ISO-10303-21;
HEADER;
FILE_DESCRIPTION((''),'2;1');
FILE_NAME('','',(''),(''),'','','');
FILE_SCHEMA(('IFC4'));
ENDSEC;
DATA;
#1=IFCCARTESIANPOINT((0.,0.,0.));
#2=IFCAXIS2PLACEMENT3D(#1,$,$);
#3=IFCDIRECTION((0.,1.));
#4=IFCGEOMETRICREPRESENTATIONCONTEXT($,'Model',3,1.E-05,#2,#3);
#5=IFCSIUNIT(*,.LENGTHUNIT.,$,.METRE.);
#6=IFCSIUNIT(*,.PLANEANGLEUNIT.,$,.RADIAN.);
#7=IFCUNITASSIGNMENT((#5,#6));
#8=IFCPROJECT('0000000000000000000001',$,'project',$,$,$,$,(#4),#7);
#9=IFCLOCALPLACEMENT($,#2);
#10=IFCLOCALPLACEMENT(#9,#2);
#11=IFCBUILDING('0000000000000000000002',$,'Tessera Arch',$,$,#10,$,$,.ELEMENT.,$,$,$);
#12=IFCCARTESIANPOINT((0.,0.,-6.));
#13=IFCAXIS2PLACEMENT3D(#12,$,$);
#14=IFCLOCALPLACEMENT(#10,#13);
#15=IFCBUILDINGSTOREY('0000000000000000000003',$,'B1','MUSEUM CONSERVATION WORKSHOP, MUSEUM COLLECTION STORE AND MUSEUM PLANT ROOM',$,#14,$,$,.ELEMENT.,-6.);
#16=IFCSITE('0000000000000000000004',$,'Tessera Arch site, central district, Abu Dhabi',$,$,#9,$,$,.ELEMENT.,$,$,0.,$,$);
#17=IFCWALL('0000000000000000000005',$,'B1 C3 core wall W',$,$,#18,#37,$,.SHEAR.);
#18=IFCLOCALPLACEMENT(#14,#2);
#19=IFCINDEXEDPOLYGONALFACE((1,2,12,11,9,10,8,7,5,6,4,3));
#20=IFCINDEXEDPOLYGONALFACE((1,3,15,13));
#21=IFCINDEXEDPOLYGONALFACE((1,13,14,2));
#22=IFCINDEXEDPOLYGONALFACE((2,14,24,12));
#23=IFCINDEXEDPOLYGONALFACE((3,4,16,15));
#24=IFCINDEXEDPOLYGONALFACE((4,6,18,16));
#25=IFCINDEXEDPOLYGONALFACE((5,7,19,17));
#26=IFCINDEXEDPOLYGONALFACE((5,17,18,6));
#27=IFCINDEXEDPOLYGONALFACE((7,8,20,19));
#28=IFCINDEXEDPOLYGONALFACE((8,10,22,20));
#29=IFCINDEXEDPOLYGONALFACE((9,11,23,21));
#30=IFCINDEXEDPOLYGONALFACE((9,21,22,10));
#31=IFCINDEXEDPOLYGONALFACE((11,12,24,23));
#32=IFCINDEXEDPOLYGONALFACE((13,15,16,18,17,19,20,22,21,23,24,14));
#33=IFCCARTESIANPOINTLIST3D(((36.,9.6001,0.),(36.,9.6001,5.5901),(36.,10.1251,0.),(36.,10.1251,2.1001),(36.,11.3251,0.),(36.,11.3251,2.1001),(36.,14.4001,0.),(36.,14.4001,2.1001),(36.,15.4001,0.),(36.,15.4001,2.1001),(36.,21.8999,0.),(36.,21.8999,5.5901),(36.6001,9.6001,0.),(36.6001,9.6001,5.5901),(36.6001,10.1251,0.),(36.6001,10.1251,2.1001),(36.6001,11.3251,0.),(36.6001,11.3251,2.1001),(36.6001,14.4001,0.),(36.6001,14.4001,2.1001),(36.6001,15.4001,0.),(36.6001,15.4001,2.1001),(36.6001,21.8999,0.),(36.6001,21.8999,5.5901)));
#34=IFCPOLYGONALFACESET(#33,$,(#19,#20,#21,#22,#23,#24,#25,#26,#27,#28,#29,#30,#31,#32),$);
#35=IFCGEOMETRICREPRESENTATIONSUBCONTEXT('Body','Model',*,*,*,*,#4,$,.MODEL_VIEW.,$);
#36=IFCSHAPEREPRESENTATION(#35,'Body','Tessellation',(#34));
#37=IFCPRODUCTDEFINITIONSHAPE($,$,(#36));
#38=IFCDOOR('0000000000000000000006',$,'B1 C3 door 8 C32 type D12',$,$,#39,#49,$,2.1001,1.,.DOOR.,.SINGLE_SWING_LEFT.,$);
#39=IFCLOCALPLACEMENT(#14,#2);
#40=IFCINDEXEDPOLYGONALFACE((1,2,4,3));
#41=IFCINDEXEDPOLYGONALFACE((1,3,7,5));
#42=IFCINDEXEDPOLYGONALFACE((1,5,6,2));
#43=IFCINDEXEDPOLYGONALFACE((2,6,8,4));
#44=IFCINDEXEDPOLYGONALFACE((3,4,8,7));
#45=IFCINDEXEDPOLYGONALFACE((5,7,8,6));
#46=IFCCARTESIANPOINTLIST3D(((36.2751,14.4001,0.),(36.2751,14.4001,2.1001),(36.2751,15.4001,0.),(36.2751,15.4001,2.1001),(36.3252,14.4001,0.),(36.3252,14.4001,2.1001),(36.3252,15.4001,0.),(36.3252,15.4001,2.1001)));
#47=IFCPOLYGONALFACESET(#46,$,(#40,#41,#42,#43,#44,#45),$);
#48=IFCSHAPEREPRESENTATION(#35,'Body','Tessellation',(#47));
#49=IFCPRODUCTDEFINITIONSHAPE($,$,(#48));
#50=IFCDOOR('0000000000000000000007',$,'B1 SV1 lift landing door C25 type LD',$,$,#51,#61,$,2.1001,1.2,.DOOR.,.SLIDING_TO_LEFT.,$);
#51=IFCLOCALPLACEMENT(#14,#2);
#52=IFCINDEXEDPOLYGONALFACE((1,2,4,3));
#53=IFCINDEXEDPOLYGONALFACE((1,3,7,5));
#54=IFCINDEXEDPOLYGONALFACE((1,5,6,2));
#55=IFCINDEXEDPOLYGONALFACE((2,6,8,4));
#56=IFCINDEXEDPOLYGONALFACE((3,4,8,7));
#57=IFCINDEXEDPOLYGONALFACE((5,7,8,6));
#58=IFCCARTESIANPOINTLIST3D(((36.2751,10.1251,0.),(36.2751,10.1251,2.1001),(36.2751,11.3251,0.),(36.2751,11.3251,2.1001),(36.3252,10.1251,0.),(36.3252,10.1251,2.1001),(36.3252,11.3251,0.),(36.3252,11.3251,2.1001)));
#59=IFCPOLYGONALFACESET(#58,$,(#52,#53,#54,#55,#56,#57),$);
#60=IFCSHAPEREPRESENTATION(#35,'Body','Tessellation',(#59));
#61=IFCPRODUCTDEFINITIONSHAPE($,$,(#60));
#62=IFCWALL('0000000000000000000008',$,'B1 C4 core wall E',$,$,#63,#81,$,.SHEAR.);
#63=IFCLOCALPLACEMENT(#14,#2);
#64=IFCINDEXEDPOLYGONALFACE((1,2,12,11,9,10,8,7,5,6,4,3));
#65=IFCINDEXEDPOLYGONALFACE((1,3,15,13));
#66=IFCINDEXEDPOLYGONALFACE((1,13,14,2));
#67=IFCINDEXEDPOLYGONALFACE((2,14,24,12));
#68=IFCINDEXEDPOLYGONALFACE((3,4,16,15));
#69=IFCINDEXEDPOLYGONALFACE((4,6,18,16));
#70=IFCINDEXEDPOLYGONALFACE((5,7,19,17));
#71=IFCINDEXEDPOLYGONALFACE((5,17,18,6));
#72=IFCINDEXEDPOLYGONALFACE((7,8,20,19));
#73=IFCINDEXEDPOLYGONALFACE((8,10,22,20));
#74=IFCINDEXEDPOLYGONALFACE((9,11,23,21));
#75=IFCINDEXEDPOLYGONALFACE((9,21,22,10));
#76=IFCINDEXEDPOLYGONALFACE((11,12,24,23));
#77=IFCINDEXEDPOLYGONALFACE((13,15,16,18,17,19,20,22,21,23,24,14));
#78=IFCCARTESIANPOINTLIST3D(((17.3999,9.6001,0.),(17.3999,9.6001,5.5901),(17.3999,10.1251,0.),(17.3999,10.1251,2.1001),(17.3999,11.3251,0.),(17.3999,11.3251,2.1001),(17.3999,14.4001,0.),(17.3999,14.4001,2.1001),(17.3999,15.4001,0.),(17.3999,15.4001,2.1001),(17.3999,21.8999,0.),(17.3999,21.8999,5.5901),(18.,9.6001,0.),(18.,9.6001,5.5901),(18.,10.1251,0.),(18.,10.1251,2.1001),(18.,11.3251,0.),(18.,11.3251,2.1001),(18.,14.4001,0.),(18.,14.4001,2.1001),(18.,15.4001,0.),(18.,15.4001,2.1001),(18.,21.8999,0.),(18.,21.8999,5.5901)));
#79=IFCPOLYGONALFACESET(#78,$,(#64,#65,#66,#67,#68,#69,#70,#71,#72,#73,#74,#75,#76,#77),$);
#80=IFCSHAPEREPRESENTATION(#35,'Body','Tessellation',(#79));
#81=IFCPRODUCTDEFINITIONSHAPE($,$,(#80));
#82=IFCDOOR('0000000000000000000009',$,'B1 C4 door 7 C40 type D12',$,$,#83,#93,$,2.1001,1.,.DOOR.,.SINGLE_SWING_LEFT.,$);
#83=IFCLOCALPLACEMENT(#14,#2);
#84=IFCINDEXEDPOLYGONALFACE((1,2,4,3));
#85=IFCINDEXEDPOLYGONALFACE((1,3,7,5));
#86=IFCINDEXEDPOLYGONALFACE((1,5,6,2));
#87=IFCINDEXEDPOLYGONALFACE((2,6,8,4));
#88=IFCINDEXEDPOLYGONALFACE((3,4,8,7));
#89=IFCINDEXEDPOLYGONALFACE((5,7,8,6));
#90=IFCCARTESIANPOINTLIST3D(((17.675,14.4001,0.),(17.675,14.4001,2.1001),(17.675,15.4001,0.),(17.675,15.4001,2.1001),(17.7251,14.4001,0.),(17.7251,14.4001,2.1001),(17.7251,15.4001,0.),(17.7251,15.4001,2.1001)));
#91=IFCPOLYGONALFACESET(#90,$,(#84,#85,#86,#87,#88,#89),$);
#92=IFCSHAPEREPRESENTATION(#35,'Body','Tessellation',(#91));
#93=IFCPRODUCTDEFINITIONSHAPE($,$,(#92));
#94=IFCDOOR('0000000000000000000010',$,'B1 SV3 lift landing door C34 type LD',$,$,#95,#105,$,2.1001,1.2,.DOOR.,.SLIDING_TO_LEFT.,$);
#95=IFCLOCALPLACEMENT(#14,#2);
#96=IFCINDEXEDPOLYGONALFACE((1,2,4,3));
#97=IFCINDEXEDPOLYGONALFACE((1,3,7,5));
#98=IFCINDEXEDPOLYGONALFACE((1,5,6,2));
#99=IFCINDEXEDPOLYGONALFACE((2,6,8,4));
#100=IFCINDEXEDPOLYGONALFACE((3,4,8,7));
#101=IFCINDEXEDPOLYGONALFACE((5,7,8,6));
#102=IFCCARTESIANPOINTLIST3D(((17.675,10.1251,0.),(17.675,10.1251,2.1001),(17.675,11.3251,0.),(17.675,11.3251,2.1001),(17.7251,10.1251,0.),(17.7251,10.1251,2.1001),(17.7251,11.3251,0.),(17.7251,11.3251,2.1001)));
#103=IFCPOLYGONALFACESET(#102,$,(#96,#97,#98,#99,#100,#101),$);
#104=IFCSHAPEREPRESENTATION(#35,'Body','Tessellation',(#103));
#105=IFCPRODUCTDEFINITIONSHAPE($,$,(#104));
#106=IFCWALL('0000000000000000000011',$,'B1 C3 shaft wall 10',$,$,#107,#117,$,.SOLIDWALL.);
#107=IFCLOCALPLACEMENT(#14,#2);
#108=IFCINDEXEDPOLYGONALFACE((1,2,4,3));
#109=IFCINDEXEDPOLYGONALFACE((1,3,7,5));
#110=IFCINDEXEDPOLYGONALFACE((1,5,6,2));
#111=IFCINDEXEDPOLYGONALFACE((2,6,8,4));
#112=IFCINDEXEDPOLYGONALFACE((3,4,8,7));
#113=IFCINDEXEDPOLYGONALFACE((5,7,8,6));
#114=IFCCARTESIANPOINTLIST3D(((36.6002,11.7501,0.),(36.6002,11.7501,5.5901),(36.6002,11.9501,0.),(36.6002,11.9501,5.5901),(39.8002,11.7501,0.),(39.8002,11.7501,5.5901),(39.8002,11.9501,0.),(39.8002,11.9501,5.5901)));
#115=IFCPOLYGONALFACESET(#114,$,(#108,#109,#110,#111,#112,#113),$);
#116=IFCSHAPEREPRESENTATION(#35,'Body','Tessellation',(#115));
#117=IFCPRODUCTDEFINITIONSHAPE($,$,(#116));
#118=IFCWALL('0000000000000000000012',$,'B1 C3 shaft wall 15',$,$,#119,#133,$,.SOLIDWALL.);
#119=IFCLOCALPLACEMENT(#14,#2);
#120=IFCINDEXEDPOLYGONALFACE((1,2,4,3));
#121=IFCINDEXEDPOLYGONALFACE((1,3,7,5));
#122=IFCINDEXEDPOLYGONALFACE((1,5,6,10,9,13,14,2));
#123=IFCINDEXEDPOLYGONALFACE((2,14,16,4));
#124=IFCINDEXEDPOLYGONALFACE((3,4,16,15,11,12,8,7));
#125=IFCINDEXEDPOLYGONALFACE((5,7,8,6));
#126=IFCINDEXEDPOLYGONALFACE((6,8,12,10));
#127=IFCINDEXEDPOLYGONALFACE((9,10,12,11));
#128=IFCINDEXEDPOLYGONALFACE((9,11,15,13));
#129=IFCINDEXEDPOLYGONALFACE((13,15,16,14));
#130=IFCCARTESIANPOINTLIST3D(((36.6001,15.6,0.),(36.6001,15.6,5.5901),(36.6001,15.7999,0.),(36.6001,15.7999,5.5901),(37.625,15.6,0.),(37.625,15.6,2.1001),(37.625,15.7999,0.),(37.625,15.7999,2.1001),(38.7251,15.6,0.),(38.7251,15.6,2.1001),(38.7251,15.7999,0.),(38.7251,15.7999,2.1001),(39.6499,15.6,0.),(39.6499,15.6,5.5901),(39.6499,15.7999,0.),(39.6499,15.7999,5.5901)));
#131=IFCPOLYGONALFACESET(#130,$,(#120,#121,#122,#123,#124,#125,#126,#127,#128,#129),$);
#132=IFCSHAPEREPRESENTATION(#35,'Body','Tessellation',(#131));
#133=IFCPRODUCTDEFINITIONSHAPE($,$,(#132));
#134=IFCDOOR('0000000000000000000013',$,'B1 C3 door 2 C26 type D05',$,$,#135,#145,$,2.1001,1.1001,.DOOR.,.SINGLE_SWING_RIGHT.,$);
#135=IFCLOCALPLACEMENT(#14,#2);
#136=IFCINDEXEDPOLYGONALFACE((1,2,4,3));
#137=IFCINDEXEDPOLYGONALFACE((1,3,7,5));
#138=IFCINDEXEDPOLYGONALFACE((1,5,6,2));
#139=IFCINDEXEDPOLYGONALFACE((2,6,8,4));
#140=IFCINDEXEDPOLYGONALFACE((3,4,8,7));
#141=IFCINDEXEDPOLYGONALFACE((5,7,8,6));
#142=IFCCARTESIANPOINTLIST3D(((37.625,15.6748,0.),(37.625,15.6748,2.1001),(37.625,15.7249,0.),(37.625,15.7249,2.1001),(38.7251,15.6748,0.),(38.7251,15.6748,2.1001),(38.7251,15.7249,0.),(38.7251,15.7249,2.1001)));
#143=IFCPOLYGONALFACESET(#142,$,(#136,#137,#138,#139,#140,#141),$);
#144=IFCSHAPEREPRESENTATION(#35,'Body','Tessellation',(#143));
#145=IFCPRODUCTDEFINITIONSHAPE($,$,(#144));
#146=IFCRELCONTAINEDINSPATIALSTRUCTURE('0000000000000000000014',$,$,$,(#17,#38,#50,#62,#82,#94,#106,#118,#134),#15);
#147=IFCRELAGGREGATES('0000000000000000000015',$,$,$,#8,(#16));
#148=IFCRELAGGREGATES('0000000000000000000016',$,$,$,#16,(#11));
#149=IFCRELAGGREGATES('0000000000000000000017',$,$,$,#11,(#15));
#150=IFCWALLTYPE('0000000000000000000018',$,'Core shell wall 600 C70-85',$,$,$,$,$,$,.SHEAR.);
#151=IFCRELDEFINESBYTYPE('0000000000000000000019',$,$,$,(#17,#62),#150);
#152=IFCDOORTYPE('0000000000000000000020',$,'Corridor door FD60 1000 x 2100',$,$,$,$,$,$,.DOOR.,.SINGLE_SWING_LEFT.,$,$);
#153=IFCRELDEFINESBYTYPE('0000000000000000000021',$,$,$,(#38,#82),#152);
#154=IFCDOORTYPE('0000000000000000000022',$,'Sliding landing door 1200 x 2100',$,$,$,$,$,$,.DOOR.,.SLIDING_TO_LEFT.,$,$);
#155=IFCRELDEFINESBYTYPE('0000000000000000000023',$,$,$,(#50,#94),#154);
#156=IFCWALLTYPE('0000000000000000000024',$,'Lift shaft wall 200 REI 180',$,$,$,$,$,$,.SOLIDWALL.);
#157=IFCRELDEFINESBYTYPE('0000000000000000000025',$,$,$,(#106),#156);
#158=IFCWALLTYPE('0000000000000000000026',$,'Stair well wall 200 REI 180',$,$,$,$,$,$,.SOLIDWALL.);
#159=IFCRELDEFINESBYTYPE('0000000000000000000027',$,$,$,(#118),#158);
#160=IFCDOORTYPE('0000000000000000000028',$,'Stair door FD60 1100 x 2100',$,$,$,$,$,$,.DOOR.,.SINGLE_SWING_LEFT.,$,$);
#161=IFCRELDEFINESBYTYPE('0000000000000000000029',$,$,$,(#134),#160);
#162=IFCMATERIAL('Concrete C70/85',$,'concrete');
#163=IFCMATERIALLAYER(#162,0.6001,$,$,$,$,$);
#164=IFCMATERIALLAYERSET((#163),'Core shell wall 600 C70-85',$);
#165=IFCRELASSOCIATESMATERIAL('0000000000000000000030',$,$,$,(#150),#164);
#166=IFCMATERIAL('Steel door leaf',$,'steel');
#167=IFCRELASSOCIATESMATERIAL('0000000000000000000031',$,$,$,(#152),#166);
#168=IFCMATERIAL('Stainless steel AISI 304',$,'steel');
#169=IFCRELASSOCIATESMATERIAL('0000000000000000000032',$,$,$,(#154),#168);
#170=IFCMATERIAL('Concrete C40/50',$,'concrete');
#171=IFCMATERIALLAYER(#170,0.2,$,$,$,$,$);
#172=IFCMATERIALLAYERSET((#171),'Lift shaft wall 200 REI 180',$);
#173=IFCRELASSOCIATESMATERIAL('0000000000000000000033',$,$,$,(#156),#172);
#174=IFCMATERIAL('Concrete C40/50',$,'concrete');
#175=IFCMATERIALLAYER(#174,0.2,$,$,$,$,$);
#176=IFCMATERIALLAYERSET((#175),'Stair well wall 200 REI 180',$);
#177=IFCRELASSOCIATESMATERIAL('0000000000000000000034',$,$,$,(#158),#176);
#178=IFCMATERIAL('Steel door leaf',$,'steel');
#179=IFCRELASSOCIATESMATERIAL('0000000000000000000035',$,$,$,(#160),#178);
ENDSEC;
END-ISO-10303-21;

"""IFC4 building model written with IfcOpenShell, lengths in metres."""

from ifc_helpers import new_model, si_unit, direction, frame, frame_2d, origin, place, context, subcontext, project, spatial, rectangle, extrude, material, layer, layer_set, type_object, element, fill, save


model = new_model("IFC4")

# Units and contexts
model_context = context("Model", 3, precision=1e-05, world=origin(), true_north=direction((0.0, 1.0)))
body_context = subcontext(model_context, "Body", "Model", "MODEL_VIEW")
ifc_project = project(units=[si_unit("LENGTHUNIT", "METRE"), si_unit("PLANEANGLEUNIT", "RADIAN")], contexts=[model_context])

# Site, building, storey
site_placement = place(None, origin())
site = spatial("IfcSite", under=ifc_project, at=site_placement, Name="Tessera Arch site, central district, Abu Dhabi", CompositionType="ELEMENT", RefElevation=0.0)
building_placement = place(site_placement, origin())
building = spatial("IfcBuilding", under=site, at=building_placement, Name="Tessera Arch", CompositionType="ELEMENT")
storey_placement = place(building_placement, frame((0.0, 0.0, -6.0)))
storey = spatial("IfcBuildingStorey", under=building, at=storey_placement, Name="B1", Description="MUSEUM CONSERVATION WORKSHOP, MUSEUM COLLECTION STORE AND MUSEUM PLANT ROOM", CompositionType="ELEMENT", Elevation=-6.0)

# Walls, openings, doors
ifc_material_1 = material(Name="Concrete C70/85", Category="concrete")
ifc_layer_1 = layer(ifc_material_1, 0.6001)
ifc_layer_set_1 = layer_set([ifc_layer_1], Name="Core shell wall 600 C70-85")
wall_type_1 = type_object("IfcWallType", Name="Core shell wall 600 C70-85", PredefinedType="SHEAR", material=ifc_layer_set_1)
wall_1_placement = place(storey_placement, frame((36.3, 9.6001, 0.0), z_axis=(0.0, 0.0, 1.0), x_axis=(0.0, 1.0, 0.0)))
wall_1 = element("IfcWall", 1, at=wall_1_placement, inside=storey, type_object=wall_type_1, Name="B1 C3 core wall W", PredefinedType="SHEAR", context=body_context, shape_type="SweptSolid", body=[
    extrude(rectangle(XDim=12.2998, YDim=0.6001, at=frame_2d((6.1499, 0.0))), origin(), (0.0, 0.0, 1.0), 5.5901),
])
opening_1_placement = place(wall_1_placement, frame((0.5249, 0.0, 0.0)))
opening_1 = element("IfcOpeningElement", 2, at=opening_1_placement, cuts=wall_1, PredefinedType="OPENING", context=body_context, shape_type="SweptSolid", body=[
    extrude(rectangle(XDim=1.2, YDim=2.1001, at=frame_2d((0.6001, 1.05))), frame((0.0, 0.3101, 0.0), z_axis=(0.0, -1.0, 0.0), x_axis=(1.0, 0.0, 0.0)), (0.0, 0.0, 1.0), 0.6201),
])
opening_2_placement = place(wall_1_placement, frame((4.8, 0.0, 0.0)))
opening_2 = element("IfcOpeningElement", 3, at=opening_2_placement, cuts=wall_1, PredefinedType="OPENING", context=body_context, shape_type="SweptSolid", body=[
    extrude(rectangle(XDim=1.0, YDim=2.1001, at=frame_2d((0.5, 1.05))), frame((0.0, 0.3101, 0.0), z_axis=(0.0, -1.0, 0.0), x_axis=(1.0, 0.0, 0.0)), (0.0, 0.0, 1.0), 0.6201),
])
ifc_material_2 = material(Name="Steel door leaf", Category="steel")
door_type_1 = type_object("IfcDoorType", Name="Corridor door FD60 1000 x 2100", OperationType="SINGLE_SWING_LEFT", PredefinedType="DOOR", material=ifc_material_2)
door_1_placement = place(opening_2_placement, origin())
door_1 = element("IfcDoor", 4, at=door_1_placement, inside=storey, type_object=door_type_1, Name="B1 C3 door 8 C32 type D12", OperationType="SINGLE_SWING_LEFT", OverallHeight=2.1001, OverallWidth=1.0, PredefinedType="DOOR", context=body_context, shape_type="SweptSolid", body=[
    extrude(rectangle(XDim=1.0, YDim=2.1001, at=frame_2d((0.5, 1.05))), frame((0.0, 0.0249, 0.0), z_axis=(0.0, -1.0, 0.0), x_axis=(1.0, 0.0, 0.0)), (0.0, 0.0, 1.0), 0.05),
])
fill(opening_2, door_1)
ifc_material_3 = material(Name="Stainless steel AISI 304", Category="steel")
door_type_2 = type_object("IfcDoorType", Name="Sliding landing door 1200 x 2100", OperationType="SLIDING_TO_LEFT", PredefinedType="DOOR", material=ifc_material_3)
door_2_placement = place(opening_1_placement, origin())
door_2 = element("IfcDoor", 5, at=door_2_placement, inside=storey, type_object=door_type_2, Name="B1 SV1 lift landing door C25 type LD", OperationType="SLIDING_TO_LEFT", OverallHeight=2.1001, OverallWidth=1.2, PredefinedType="DOOR", context=body_context, shape_type="SweptSolid", body=[
    extrude(rectangle(XDim=1.2, YDim=2.1001, at=frame_2d((0.6001, 1.05))), frame((0.0, 0.0249, 0.0), z_axis=(0.0, -1.0, 0.0), x_axis=(1.0, 0.0, 0.0)), (0.0, 0.0, 1.0), 0.05),
])
fill(opening_1, door_2)
wall_2_placement = place(storey_placement, frame((17.7, 9.6001, 0.0), z_axis=(0.0, 0.0, 1.0), x_axis=(0.0, 1.0, 0.0)))
wall_2 = element("IfcWall", 6, at=wall_2_placement, inside=storey, type_object=wall_type_1, Name="B1 C4 core wall E", PredefinedType="SHEAR", context=body_context, shape_type="SweptSolid", body=[
    extrude(rectangle(XDim=12.2998, YDim=0.6001, at=frame_2d((6.1499, 0.0))), origin(), (0.0, 0.0, 1.0), 5.5901),
])
opening_3_placement = place(wall_2_placement, frame((0.5249, 0.0, 0.0)))
opening_3 = element("IfcOpeningElement", 7, at=opening_3_placement, cuts=wall_2, PredefinedType="OPENING", context=body_context, shape_type="SweptSolid", body=[
    extrude(rectangle(XDim=1.2, YDim=2.1001, at=frame_2d((0.6001, 1.05))), frame((0.0, 0.3101, 0.0), z_axis=(0.0, -1.0, 0.0), x_axis=(1.0, 0.0, 0.0)), (0.0, 0.0, 1.0), 0.6201),
])
opening_4_placement = place(wall_2_placement, frame((4.8, 0.0, 0.0)))
opening_4 = element("IfcOpeningElement", 8, at=opening_4_placement, cuts=wall_2, PredefinedType="OPENING", context=body_context, shape_type="SweptSolid", body=[
    extrude(rectangle(XDim=1.0, YDim=2.1001, at=frame_2d((0.5, 1.05))), frame((0.0, 0.3101, 0.0), z_axis=(0.0, -1.0, 0.0), x_axis=(1.0, 0.0, 0.0)), (0.0, 0.0, 1.0), 0.6201),
])
door_3_placement = place(opening_4_placement, origin())
door_3 = element("IfcDoor", 9, at=door_3_placement, inside=storey, type_object=door_type_1, Name="B1 C4 door 7 C40 type D12", OperationType="SINGLE_SWING_LEFT", OverallHeight=2.1001, OverallWidth=1.0, PredefinedType="DOOR", context=body_context, shape_type="SweptSolid", body=[
    extrude(rectangle(XDim=1.0, YDim=2.1001, at=frame_2d((0.5, 1.05))), frame((0.0, 0.0249, 0.0), z_axis=(0.0, -1.0, 0.0), x_axis=(1.0, 0.0, 0.0)), (0.0, 0.0, 1.0), 0.05),
])
fill(opening_4, door_3)
door_4_placement = place(opening_3_placement, origin())
door_4 = element("IfcDoor", 10, at=door_4_placement, inside=storey, type_object=door_type_2, Name="B1 SV3 lift landing door C34 type LD", OperationType="SLIDING_TO_LEFT", OverallHeight=2.1001, OverallWidth=1.2, PredefinedType="DOOR", context=body_context, shape_type="SweptSolid", body=[
    extrude(rectangle(XDim=1.2, YDim=2.1001, at=frame_2d((0.6001, 1.05))), frame((0.0, 0.0249, 0.0), z_axis=(0.0, -1.0, 0.0), x_axis=(1.0, 0.0, 0.0)), (0.0, 0.0, 1.0), 0.05),
])
fill(opening_3, door_4)

# Wall
ifc_material_4 = material(Name="Concrete C40/50", Category="concrete")
ifc_layer_2 = layer(ifc_material_4, 0.2)
ifc_layer_set_2 = layer_set([ifc_layer_2], Name="Lift shaft wall 200 REI 180")
wall_type_2 = type_object("IfcWallType", Name="Lift shaft wall 200 REI 180", PredefinedType="SOLIDWALL", material=ifc_layer_set_2)
wall_3_placement = place(storey_placement, frame((36.6001, 11.8501, 0.0), z_axis=(0.0, 0.0, 1.0), x_axis=(1.0, 0.0, 0.0)))
element("IfcWall", 11, at=wall_3_placement, inside=storey, type_object=wall_type_2, Name="B1 C3 shaft wall 10", PredefinedType="SOLIDWALL", context=body_context, shape_type="SweptSolid", body=[
    extrude(rectangle(XDim=3.2, YDim=0.2, at=frame_2d((1.6001, 0.0))), origin(), (0.0, 0.0, 1.0), 5.5901),
])

# Wall, opening, door
ifc_material_5 = material(Name="Concrete C40/50", Category="concrete")
ifc_layer_3 = layer(ifc_material_5, 0.2)
ifc_layer_set_3 = layer_set([ifc_layer_3], Name="Stair well wall 200 REI 180")
wall_type_3 = type_object("IfcWallType", Name="Stair well wall 200 REI 180", PredefinedType="SOLIDWALL", material=ifc_layer_set_3)
wall_4_placement = place(storey_placement, frame((36.6001, 15.7, 0.0), z_axis=(0.0, 0.0, 1.0), x_axis=(1.0, 0.0, 0.0)))
wall_4 = element("IfcWall", 12, at=wall_4_placement, inside=storey, type_object=wall_type_3, Name="B1 C3 shaft wall 15", PredefinedType="SOLIDWALL", context=body_context, shape_type="SweptSolid", body=[
    extrude(rectangle(XDim=3.0498, YDim=0.2, at=frame_2d((1.5249, 0.0))), origin(), (0.0, 0.0, 1.0), 5.5901),
])
opening_5_placement = place(wall_4_placement, frame((1.0249, 0.0, 0.0)))
opening_5 = element("IfcOpeningElement", 13, at=opening_5_placement, cuts=wall_4, PredefinedType="OPENING", context=body_context, shape_type="SweptSolid", body=[
    extrude(rectangle(XDim=1.1001, YDim=2.1001, at=frame_2d((0.55, 1.05))), frame((0.0, 0.1099, 0.0), z_axis=(0.0, -1.0, 0.0), x_axis=(1.0, 0.0, 0.0)), (0.0, 0.0, 1.0), 0.22),
])
ifc_material_6 = material(Name="Steel door leaf", Category="steel")
door_type_3 = type_object("IfcDoorType", Name="Stair door FD60 1100 x 2100", OperationType="SINGLE_SWING_LEFT", PredefinedType="DOOR", material=ifc_material_6)
door_5_placement = place(opening_5_placement, origin())
door_5 = element("IfcDoor", 14, at=door_5_placement, inside=storey, type_object=door_type_3, Name="B1 C3 door 2 C26 type D05", OperationType="SINGLE_SWING_RIGHT", OverallHeight=2.1001, OverallWidth=1.1001, PredefinedType="DOOR", context=body_context, shape_type="SweptSolid", body=[
    extrude(rectangle(XDim=1.1001, YDim=2.1001, at=frame_2d((0.55, 1.05))), frame((0.0, 0.0249, 0.0), z_axis=(0.0, -1.0, 0.0), x_axis=(1.0, 0.0, 0.0)), (0.0, 0.0, 1.0), 0.05),
])
fill(opening_5, door_5)

save(model, "model.ifc")
